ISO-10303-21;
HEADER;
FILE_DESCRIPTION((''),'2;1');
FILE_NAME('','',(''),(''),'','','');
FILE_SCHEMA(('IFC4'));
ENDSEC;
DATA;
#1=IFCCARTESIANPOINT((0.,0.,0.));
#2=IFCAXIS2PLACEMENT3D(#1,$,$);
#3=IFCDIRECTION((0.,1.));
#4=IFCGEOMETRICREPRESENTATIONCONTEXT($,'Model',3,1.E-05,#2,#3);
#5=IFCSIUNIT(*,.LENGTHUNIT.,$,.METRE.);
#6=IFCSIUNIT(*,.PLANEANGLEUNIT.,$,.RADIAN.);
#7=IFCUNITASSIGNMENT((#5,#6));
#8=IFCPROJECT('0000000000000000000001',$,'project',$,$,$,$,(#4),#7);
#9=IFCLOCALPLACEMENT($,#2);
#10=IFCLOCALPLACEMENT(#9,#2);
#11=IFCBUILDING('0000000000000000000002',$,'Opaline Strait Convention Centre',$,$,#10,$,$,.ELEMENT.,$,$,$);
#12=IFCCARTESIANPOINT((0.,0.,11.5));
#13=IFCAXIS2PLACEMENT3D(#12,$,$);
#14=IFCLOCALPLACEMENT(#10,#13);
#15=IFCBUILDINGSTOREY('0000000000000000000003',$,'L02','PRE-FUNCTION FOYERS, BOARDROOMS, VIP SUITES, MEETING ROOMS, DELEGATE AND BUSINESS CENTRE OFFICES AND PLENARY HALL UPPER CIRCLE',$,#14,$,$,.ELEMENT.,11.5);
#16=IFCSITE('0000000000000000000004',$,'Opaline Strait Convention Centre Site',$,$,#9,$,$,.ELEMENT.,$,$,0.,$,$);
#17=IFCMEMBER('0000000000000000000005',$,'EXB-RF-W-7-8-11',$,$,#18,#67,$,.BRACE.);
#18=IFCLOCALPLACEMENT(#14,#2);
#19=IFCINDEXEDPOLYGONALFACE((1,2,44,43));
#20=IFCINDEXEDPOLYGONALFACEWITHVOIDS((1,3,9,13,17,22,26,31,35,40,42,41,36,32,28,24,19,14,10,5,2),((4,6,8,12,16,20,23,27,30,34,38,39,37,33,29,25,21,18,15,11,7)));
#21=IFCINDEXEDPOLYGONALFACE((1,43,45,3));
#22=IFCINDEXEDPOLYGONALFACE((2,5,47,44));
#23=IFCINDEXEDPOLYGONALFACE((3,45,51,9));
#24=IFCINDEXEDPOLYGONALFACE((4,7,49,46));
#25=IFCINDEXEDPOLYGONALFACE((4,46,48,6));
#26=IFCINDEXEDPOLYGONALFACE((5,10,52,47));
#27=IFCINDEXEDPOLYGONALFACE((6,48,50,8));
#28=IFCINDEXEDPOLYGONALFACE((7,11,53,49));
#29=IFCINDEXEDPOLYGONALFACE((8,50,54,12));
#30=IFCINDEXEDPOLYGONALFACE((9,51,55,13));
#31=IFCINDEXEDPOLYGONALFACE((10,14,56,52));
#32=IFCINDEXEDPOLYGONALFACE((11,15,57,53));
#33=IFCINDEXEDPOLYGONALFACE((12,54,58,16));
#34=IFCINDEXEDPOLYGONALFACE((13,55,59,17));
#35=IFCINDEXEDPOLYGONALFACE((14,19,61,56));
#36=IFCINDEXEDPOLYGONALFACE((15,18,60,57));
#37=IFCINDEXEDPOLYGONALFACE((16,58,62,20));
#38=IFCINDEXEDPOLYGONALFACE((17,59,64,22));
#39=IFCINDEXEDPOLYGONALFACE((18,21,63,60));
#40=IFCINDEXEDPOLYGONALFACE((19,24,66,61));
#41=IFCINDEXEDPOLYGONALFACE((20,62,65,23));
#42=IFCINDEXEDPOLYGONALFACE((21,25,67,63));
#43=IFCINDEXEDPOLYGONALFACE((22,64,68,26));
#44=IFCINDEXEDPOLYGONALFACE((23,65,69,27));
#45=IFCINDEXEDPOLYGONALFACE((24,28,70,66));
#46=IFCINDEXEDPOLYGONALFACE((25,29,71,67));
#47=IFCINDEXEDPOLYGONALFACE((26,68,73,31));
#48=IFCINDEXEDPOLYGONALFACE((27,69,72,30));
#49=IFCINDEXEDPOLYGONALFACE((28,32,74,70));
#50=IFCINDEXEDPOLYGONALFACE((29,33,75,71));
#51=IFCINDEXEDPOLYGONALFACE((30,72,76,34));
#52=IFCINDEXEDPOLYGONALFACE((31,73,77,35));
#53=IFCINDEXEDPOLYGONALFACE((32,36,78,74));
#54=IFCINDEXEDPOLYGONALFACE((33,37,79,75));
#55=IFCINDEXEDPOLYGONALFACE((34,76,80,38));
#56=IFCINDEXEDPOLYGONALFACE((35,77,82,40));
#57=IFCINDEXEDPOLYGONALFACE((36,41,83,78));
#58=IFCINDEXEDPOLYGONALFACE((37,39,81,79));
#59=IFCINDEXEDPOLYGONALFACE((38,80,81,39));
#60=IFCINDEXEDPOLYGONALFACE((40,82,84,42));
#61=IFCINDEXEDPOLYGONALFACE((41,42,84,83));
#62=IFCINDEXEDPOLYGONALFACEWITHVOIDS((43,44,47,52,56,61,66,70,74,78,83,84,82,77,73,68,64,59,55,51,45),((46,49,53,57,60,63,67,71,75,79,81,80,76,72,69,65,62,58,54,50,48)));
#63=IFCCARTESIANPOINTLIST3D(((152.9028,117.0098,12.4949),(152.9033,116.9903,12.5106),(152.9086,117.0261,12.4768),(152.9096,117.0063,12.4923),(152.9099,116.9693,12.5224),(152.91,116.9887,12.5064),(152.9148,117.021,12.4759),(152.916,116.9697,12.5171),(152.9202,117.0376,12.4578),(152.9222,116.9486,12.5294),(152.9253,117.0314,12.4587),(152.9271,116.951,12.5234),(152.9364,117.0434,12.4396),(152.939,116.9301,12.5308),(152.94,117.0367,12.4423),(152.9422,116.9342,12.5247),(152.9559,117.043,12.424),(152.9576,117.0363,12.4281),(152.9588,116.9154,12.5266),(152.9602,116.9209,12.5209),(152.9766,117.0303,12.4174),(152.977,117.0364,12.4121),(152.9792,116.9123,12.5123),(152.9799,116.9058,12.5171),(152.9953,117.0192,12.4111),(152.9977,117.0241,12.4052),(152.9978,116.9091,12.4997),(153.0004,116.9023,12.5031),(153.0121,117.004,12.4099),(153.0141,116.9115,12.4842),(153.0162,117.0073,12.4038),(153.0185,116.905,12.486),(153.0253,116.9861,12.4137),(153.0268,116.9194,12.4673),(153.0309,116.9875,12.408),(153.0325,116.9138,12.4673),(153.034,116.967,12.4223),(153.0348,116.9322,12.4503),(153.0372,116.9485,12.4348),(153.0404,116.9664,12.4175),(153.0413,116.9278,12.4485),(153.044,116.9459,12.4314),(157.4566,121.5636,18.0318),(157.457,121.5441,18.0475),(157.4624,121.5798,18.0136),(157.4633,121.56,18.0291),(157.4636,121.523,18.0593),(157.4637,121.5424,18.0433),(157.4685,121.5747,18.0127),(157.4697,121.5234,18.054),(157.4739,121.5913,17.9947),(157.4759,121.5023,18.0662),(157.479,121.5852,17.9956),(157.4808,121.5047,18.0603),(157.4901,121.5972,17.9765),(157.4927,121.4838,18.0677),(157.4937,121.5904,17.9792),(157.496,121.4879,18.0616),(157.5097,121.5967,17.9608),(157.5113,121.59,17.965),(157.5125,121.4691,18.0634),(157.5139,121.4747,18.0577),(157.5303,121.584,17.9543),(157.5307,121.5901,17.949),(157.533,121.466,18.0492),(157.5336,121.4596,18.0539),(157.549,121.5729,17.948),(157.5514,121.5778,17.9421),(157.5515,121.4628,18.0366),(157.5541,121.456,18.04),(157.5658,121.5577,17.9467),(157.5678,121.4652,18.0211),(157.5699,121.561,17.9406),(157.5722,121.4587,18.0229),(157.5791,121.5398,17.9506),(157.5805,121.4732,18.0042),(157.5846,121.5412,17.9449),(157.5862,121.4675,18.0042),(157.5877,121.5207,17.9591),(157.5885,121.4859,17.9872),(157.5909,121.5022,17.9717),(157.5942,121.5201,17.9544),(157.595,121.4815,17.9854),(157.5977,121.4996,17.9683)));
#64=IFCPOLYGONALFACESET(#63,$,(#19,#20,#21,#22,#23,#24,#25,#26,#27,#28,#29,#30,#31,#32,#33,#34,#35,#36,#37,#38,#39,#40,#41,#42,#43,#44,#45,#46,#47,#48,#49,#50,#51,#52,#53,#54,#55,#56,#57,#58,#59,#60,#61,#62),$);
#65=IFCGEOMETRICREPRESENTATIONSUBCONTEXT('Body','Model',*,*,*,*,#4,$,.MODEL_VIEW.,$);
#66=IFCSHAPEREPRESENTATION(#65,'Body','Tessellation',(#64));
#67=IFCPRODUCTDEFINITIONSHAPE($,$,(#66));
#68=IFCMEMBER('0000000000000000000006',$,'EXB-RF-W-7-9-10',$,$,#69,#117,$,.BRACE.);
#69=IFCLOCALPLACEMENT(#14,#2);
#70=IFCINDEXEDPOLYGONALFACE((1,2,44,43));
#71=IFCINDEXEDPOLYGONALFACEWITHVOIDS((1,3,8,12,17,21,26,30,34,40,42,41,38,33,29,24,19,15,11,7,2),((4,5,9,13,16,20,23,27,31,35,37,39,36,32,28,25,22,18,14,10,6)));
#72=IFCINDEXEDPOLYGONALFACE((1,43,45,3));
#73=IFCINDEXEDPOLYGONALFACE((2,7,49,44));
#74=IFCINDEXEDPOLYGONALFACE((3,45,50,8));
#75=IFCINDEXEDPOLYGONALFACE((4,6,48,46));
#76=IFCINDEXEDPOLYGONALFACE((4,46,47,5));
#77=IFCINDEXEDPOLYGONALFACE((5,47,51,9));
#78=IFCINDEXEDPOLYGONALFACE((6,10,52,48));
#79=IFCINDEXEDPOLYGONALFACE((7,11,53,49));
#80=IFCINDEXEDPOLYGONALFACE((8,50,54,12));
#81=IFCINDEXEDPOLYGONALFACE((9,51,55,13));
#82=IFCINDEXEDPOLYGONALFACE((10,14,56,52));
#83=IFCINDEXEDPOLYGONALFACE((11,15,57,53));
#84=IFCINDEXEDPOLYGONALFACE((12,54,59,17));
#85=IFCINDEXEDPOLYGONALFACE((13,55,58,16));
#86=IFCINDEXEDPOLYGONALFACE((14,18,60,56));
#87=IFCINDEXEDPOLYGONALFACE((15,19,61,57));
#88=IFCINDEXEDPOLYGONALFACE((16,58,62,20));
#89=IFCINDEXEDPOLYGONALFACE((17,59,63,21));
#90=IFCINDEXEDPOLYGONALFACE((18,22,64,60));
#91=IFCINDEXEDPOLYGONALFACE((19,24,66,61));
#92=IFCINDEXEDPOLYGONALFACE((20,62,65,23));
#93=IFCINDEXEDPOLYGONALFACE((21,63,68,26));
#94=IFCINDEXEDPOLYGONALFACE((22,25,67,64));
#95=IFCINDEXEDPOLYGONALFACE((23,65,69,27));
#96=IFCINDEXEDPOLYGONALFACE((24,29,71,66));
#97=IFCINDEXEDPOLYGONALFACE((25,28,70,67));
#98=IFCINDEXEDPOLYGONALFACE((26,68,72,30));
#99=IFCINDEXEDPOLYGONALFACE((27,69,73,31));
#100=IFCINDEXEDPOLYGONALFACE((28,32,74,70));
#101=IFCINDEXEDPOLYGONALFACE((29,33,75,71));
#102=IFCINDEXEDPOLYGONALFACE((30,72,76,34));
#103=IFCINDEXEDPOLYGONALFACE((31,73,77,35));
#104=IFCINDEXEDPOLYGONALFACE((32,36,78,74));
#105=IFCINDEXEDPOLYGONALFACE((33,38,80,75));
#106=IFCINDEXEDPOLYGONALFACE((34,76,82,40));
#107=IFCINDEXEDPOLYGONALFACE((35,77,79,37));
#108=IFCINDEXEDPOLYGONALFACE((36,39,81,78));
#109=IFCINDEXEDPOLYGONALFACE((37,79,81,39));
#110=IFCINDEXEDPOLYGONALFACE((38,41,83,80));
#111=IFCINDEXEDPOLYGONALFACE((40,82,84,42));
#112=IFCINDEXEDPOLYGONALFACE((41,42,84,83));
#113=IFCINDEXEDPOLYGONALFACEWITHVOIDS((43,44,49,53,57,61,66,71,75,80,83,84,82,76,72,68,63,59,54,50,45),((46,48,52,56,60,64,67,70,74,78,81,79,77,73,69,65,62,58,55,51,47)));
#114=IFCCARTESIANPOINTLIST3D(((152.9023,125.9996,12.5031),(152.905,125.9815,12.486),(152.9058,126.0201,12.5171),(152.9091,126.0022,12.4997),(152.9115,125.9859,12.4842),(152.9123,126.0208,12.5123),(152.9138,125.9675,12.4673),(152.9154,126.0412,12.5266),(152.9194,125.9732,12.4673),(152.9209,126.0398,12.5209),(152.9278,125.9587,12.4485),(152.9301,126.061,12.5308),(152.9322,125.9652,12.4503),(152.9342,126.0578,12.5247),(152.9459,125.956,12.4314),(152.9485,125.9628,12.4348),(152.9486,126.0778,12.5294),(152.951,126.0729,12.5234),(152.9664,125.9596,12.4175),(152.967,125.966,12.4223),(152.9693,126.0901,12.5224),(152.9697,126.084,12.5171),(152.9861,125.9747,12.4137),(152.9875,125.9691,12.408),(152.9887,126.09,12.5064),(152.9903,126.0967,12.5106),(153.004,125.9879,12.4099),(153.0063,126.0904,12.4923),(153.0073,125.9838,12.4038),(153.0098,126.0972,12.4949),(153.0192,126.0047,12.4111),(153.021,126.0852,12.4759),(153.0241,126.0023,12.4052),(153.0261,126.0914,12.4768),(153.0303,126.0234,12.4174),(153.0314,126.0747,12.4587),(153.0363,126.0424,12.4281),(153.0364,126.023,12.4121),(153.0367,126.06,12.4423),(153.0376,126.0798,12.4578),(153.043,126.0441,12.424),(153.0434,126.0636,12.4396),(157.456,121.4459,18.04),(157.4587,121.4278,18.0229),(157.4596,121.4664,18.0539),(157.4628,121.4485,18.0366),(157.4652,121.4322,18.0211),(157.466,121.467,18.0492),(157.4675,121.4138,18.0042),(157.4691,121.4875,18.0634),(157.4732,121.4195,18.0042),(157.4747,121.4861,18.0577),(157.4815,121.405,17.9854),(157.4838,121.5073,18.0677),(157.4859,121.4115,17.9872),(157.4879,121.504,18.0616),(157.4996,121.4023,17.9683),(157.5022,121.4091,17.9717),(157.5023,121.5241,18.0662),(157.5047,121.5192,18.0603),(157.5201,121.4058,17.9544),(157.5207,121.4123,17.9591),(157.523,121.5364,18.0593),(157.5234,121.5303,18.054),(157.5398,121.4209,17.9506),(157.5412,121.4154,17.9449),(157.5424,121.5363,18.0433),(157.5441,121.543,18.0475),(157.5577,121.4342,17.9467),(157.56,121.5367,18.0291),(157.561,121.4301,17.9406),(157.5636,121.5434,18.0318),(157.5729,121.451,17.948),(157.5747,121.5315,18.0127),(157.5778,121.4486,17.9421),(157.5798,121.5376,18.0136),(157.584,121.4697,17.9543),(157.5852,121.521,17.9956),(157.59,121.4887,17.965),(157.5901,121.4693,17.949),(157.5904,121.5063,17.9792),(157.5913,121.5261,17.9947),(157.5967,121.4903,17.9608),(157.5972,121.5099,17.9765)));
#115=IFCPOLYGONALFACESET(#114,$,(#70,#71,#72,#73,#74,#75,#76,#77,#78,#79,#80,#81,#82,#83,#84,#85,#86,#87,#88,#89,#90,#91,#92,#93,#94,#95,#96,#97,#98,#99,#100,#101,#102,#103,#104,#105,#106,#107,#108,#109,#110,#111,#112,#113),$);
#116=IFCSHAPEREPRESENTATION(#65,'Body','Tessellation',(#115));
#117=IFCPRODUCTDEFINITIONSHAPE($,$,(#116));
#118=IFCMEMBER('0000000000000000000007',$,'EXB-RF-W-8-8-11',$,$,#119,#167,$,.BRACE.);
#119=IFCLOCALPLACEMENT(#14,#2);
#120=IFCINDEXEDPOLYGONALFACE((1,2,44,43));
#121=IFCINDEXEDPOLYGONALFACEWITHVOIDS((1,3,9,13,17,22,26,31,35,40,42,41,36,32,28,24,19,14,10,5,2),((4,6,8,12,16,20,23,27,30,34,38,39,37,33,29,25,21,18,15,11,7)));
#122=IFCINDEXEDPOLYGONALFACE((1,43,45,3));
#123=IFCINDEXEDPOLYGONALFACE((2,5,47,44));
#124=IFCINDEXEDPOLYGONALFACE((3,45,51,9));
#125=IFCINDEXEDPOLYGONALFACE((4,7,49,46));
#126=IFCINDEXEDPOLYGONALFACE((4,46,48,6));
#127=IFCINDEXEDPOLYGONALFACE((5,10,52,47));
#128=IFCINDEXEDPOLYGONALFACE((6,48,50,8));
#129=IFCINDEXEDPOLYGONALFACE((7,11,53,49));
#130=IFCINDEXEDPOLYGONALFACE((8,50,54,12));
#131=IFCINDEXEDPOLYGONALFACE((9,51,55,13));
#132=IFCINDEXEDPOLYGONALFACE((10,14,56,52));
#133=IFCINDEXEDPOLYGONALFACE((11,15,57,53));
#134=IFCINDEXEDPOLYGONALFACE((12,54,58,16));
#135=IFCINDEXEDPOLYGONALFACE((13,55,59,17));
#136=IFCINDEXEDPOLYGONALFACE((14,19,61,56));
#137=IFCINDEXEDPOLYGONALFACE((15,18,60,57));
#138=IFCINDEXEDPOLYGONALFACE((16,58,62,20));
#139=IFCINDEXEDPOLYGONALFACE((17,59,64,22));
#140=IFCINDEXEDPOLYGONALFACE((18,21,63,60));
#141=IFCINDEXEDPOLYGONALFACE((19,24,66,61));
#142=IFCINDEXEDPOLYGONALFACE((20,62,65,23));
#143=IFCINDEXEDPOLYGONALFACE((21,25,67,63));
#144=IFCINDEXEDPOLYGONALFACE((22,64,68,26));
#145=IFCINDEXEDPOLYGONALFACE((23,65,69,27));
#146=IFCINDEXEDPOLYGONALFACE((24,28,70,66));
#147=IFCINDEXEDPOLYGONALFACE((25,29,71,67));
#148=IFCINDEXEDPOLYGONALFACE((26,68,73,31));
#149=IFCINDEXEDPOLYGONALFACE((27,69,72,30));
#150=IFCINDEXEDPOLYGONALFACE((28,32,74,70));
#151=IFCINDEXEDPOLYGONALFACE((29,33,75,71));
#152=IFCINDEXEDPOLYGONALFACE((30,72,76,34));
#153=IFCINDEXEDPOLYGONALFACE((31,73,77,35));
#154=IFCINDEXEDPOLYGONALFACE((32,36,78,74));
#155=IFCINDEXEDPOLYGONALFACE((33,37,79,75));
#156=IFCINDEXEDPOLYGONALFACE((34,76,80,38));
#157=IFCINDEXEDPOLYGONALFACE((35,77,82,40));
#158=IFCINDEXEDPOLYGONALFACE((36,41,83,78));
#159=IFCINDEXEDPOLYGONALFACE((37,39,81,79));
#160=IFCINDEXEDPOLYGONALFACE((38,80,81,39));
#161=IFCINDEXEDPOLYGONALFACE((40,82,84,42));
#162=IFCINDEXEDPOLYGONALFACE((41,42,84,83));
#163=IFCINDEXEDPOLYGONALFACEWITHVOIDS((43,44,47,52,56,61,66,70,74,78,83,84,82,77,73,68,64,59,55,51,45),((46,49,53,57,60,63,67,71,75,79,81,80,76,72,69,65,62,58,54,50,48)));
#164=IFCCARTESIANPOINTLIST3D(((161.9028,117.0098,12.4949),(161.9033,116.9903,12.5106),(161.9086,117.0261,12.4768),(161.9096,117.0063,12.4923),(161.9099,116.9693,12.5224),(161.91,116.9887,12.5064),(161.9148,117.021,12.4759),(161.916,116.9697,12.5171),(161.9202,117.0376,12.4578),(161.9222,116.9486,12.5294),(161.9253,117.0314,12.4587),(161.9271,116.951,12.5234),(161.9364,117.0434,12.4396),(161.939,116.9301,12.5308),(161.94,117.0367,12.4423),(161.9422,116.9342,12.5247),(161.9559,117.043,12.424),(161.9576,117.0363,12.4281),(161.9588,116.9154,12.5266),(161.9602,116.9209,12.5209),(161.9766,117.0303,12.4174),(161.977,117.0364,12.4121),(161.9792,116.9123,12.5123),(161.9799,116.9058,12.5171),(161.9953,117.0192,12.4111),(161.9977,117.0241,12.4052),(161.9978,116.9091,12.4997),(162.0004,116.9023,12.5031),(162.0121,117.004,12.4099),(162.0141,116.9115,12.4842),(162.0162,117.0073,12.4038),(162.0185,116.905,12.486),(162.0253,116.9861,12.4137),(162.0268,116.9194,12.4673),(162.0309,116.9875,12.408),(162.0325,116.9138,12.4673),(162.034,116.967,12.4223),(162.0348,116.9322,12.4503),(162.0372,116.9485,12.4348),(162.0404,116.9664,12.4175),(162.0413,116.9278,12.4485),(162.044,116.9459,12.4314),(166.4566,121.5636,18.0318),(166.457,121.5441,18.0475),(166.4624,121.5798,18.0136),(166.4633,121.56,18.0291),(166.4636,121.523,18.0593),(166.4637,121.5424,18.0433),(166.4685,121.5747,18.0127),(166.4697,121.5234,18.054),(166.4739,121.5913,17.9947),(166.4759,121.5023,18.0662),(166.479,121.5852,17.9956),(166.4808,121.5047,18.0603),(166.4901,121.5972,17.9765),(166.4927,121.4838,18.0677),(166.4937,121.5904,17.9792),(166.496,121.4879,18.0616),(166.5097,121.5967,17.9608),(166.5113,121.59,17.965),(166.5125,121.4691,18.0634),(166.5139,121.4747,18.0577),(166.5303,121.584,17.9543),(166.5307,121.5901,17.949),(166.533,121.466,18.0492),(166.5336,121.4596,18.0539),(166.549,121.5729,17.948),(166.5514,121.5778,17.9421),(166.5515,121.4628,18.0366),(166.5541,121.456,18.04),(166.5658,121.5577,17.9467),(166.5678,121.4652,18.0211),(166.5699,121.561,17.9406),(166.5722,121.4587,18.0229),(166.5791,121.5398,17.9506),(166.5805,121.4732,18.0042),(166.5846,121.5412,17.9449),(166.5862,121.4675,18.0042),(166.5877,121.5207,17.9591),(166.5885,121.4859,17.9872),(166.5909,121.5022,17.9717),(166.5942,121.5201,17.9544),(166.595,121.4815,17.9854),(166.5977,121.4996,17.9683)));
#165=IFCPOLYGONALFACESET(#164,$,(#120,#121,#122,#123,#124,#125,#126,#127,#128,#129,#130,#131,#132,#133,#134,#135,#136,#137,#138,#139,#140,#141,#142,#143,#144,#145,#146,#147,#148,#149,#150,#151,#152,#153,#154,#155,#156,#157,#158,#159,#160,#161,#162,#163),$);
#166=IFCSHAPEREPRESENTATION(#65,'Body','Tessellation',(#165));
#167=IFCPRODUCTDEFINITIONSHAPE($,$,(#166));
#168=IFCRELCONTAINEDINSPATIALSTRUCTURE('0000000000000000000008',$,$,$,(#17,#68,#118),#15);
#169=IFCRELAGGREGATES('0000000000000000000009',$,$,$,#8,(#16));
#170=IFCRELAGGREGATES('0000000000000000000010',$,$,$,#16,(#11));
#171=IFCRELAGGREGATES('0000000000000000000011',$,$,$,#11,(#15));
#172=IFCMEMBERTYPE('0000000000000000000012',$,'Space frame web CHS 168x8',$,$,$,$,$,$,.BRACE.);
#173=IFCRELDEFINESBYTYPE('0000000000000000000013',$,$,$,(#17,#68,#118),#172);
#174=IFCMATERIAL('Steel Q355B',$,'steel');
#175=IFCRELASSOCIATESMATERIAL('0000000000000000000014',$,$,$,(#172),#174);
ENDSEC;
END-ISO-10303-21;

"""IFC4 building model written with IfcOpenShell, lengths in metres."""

from ifc_helpers import new_model, si_unit, direction, frame, origin, origin_2d, place, context, subcontext, project, spatial, hollow_circle, extrude, material, material_profile, profile_set, type_object, element, save


model = new_model("IFC4")

# Units and contexts
model_context = context("Model", 3, precision=1e-05, world=origin(), true_north=direction((0.0, 1.0)))
body_context = subcontext(model_context, "Body", "Model", "MODEL_VIEW")
ifc_project = project(units=[si_unit("LENGTHUNIT", "METRE"), si_unit("PLANEANGLEUNIT", "RADIAN")], contexts=[model_context])

# Site, building, storey
site_placement = place(None, origin())
site = spatial("IfcSite", under=ifc_project, at=site_placement, Name="Opaline Strait Convention Centre Site", CompositionType="ELEMENT", RefElevation=0.0)
building_placement = place(site_placement, origin())
building = spatial("IfcBuilding", under=site, at=building_placement, Name="Opaline Strait Convention Centre", CompositionType="ELEMENT")
storey_placement = place(building_placement, frame((0.0, 0.0, 11.5)))
storey = spatial("IfcBuildingStorey", under=building, at=storey_placement, Name="L02", Description="PRE-FUNCTION FOYERS, BOARDROOMS, VIP SUITES, MEETING ROOMS, DELEGATE AND BUSINESS CENTRE OFFICES AND PLENARY HALL UPPER CIRCLE", CompositionType="ELEMENT", Elevation=11.5)

# Members
ifc_material = material(Name="Steel Q355B", Category="steel")
ifc_material_profile_1 = material_profile(ifc_material, hollow_circle(Radius=0.084, WallThickness=0.0081, at=origin_2d()), Name="CHS 168x8")
ifc_profile_set_1 = profile_set([ifc_material_profile_1], Name="Steel Q355B")
member_type_1 = type_object("IfcMemberType", Name="Space frame web CHS 168x8", PredefinedType="BRACE", material=ifc_profile_set_1)
for number, where, z_axis, x_axis, name in (
    (1, (157.5269, 121.5269, 18.0042), (-0.536178, -0.536178, -0.65194), (0.707107, -0.707107, 0.0), "EXB-RF-W-7-8-11"),
    (2, (157.5269, 121.4731, 18.0042), (-0.536178, 0.536178, -0.65194), (-0.707107, -0.707107, 0.0), "EXB-RF-W-7-9-10"),
    (3, (166.5269, 121.5269, 18.0042), (-0.536178, -0.536178, -0.65194), (0.707107, -0.707107, 0.0), "EXB-RF-W-8-8-11"),
):
    element("IfcMember", number, at=place(storey_placement, frame(where, z_axis=z_axis, x_axis=x_axis)), inside=storey, type_object=member_type_1, Name=name, PredefinedType="BRACE", context=body_context, shape_type="SweptSolid", body=[
        extrude(hollow_circle(Radius=0.084, WallThickness=0.0081, at=origin_2d()), origin(), (0.0, 0.0, 1.0), 8.4929),
    ])

save(model, "model.ifc")
